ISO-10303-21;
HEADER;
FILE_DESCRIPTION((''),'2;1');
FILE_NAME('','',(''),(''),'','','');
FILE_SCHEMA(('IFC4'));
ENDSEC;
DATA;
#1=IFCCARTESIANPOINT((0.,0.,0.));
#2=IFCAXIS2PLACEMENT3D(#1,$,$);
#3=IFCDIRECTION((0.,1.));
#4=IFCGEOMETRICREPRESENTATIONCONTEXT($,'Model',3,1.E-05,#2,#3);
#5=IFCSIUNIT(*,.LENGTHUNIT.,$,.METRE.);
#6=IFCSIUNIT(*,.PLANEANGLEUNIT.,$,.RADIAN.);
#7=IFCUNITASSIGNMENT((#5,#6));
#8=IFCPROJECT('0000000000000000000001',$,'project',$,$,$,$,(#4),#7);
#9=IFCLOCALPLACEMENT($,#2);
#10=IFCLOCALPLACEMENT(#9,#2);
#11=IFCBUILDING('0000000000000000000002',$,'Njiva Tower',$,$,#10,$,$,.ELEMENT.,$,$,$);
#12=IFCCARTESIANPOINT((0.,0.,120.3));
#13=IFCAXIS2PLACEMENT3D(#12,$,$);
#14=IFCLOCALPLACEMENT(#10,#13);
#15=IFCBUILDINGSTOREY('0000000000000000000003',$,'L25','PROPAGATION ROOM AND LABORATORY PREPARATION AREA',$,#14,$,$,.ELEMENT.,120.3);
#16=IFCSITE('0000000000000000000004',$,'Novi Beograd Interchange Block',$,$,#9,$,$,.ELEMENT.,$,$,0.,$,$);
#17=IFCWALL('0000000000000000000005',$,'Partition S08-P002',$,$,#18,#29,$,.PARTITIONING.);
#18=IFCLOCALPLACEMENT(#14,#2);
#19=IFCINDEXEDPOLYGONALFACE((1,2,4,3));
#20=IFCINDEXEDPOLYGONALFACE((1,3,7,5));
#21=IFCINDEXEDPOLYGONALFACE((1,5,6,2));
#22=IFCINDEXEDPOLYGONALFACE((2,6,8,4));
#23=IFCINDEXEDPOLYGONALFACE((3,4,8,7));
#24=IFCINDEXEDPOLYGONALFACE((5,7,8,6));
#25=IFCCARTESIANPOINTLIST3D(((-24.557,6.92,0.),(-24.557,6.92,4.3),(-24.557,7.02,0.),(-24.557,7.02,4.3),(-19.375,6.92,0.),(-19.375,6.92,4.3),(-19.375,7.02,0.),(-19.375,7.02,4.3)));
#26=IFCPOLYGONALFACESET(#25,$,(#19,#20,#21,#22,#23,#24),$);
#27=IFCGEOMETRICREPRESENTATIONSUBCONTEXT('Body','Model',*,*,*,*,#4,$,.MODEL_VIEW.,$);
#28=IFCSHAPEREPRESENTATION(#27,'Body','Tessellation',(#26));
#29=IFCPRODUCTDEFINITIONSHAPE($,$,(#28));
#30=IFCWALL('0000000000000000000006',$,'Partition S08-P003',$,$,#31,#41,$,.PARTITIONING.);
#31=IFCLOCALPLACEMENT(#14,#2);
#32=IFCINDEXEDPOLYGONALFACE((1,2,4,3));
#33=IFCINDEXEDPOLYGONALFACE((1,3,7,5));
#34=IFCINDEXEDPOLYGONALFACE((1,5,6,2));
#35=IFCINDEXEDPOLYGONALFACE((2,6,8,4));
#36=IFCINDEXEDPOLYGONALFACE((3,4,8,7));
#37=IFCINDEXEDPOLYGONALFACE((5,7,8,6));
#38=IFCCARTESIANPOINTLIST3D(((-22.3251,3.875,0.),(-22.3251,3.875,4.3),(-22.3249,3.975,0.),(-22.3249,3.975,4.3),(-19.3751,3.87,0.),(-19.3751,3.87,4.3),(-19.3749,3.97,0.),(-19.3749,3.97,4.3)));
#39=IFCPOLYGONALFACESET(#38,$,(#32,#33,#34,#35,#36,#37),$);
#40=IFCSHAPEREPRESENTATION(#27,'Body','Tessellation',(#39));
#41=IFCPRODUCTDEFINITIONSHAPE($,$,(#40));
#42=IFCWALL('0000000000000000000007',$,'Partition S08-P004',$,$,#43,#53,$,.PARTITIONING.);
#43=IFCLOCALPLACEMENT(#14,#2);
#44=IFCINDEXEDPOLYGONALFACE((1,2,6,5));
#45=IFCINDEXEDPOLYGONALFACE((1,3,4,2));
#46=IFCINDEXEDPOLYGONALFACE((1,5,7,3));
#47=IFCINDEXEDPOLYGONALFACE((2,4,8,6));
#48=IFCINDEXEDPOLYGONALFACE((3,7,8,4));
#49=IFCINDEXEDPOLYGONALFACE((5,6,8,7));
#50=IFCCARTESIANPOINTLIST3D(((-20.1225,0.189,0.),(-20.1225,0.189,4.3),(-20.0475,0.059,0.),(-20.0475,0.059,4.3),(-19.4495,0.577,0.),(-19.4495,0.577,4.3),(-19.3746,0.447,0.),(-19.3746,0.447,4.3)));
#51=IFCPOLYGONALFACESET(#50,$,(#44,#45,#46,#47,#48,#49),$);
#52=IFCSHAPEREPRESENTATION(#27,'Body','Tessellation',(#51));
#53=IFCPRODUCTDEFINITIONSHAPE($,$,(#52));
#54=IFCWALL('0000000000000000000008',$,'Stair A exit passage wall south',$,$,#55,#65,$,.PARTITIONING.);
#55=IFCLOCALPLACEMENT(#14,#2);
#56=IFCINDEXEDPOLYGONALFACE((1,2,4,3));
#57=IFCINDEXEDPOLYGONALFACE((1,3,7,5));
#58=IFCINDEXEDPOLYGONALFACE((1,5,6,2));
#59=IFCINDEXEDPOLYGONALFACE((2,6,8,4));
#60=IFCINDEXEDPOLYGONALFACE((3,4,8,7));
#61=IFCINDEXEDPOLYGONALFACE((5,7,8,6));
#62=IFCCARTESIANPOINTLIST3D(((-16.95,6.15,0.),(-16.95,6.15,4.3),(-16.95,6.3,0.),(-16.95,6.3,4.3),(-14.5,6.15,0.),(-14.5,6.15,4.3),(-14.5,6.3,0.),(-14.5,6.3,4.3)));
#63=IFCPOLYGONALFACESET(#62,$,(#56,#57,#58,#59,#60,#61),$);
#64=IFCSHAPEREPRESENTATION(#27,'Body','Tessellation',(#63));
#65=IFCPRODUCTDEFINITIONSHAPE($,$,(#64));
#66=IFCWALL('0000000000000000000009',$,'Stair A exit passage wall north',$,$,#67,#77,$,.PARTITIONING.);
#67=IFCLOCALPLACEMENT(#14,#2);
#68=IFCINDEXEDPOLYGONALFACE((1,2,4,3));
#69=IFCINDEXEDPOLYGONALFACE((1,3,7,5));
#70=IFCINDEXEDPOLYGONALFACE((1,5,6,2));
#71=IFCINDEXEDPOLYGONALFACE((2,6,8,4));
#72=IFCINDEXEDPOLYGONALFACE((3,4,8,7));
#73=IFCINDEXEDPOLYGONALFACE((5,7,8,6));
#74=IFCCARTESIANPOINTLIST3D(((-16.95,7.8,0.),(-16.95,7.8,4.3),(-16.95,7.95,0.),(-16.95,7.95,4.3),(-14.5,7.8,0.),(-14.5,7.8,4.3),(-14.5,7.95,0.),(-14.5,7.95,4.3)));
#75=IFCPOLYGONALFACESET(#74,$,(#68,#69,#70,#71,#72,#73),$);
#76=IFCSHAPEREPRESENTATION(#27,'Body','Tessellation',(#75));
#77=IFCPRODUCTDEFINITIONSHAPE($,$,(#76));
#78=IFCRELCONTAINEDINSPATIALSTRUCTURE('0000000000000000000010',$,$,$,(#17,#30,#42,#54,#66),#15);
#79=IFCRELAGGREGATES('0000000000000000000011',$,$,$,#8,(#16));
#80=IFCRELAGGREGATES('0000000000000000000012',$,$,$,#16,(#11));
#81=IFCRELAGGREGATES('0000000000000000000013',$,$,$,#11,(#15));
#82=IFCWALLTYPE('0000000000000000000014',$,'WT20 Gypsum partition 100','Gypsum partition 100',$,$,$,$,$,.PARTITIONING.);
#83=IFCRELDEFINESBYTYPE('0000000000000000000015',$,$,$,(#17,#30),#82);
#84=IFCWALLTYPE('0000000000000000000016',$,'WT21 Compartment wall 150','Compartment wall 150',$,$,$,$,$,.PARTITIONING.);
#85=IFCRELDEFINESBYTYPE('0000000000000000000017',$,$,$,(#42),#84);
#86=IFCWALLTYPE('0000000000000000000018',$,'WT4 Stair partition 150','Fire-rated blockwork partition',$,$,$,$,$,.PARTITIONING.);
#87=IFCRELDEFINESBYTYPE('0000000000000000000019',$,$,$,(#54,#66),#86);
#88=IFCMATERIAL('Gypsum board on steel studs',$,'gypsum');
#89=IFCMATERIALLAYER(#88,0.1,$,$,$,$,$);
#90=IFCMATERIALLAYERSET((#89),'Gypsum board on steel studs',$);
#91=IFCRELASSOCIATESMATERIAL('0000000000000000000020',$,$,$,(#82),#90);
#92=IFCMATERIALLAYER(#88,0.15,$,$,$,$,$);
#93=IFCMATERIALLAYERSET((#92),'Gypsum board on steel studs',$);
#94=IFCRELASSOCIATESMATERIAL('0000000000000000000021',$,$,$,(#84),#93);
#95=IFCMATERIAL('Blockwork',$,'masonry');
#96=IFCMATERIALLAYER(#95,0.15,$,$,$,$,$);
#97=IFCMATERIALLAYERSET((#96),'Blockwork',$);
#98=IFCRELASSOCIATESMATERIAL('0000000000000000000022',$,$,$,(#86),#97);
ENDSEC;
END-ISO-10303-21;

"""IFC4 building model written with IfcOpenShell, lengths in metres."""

from ifc_helpers import new_model, si_unit, direction, frame, frame_2d, origin, place, context, subcontext, project, spatial, rectangle, extrude, material, layer, layer_set, type_object, element, save


model = new_model("IFC4")

# Units and contexts
model_context = context("Model", 3, precision=1e-05, world=origin(), true_north=direction((0.0, 1.0)))
body_context = subcontext(model_context, "Body", "Model", "MODEL_VIEW")
ifc_project = project(units=[si_unit("LENGTHUNIT", "METRE"), si_unit("PLANEANGLEUNIT", "RADIAN")], contexts=[model_context])

# Site, building, storey
site_placement = place(None, origin())
site = spatial("IfcSite", under=ifc_project, at=site_placement, Name="Novi Beograd Interchange Block", CompositionType="ELEMENT", RefElevation=0.0)
building_placement = place(site_placement, origin())
building = spatial("IfcBuilding", under=site, at=building_placement, Name="Njiva Tower", CompositionType="ELEMENT")
storey_placement = place(building_placement, frame((0.0, 0.0, 120.3)))
storey = spatial("IfcBuildingStorey", under=building, at=storey_placement, Name="L25", Description="PROPAGATION ROOM AND LABORATORY PREPARATION AREA", CompositionType="ELEMENT", Elevation=120.3)

# Shared definitions
ifc_material_1 = material(Name="Blockwork", Category="masonry")

# Walls
ifc_material_2 = material(Name="Gypsum board on steel studs", Category="gypsum")
ifc_layer_1 = layer(ifc_material_2, 0.1)
ifc_layer_set_1 = layer_set([ifc_layer_1], Name="Gypsum board on steel studs")
wall_type_1 = type_object("IfcWallType", Name="WT20 Gypsum partition 100", Description="Gypsum partition 100", PredefinedType="PARTITIONING", material=ifc_layer_set_1)
wall_1_placement = place(storey_placement, frame((-24.557, 6.97, 0.0), z_axis=(0.0, 0.0, 1.0), x_axis=(1.0, 0.0, 0.0)))
element("IfcWall", 1, at=wall_1_placement, inside=storey, type_object=wall_type_1, Name="Partition S08-P002", PredefinedType="PARTITIONING", context=body_context, shape_type="SweptSolid", body=[
    extrude(rectangle(XDim=5.182, YDim=0.1, at=frame_2d((2.591, 0.0))), origin(), (0.0, 0.0, 1.0), 4.3),
])
wall_2_placement = place(storey_placement, frame((-22.325, 3.925, 0.0), z_axis=(0.0, 0.0, 1.0), x_axis=(0.999999, -0.001695, 0.0)))
element("IfcWall", 2, at=wall_2_placement, inside=storey, type_object=wall_type_1, Name="Partition S08-P003", PredefinedType="PARTITIONING", context=body_context, shape_type="SweptSolid", body=[
    extrude(rectangle(XDim=2.95, YDim=0.1, at=frame_2d((1.475, 0.0))), origin(), (0.0, 0.0, 1.0), 4.3),
])
ifc_layer_2 = layer(ifc_material_2, 0.15)
ifc_layer_set_2 = layer_set([ifc_layer_2], Name="Gypsum board on steel studs")
wall_type_2 = type_object("IfcWallType", Name="WT21 Compartment wall 150", Description="Compartment wall 150", PredefinedType="PARTITIONING", material=ifc_layer_set_2)
wall_3_placement = place(storey_placement, frame((-20.085, 0.124, 0.0), z_axis=(0.0, 0.0, 1.0), x_axis=(0.866336, 0.499462, 0.0)))
element("IfcWall", 3, at=wall_3_placement, inside=storey, type_object=wall_type_2, Name="Partition S08-P004", PredefinedType="PARTITIONING", context=body_context, shape_type="SweptSolid", body=[
    extrude(rectangle(XDim=0.7768, YDim=0.15, at=frame_2d((0.3884, 0.0))), origin(), (0.0, 0.0, 1.0), 4.3),
])
ifc_layer_3 = layer(ifc_material_1, 0.15)
ifc_layer_set_3 = layer_set([ifc_layer_3], Name="Blockwork")
wall_type_3 = type_object("IfcWallType", Name="WT4 Stair partition 150", Description="Fire-rated blockwork partition", PredefinedType="PARTITIONING", material=ifc_layer_set_3)
for number, where, z_axis, x_axis, name in (
    (4, (-16.95, 6.225, 0.0), (0.0, 0.0, 1.0), (1.0, 0.0, 0.0), "Stair A exit passage wall south"),
    (5, (-16.95, 7.875, 0.0), (0.0, 0.0, 1.0), (1.0, 0.0, 0.0), "Stair A exit passage wall north"),
):
    element("IfcWall", number, at=place(storey_placement, frame(where, z_axis=z_axis, x_axis=x_axis)), inside=storey, type_object=wall_type_3, Name=name, PredefinedType="PARTITIONING", context=body_context, shape_type="SweptSolid", body=[
        extrude(rectangle(XDim=2.45, YDim=0.15, at=frame_2d((1.225, 0.0))), origin(), (0.0, 0.0, 1.0), 4.3),
    ])

save(model, "model.ifc")
